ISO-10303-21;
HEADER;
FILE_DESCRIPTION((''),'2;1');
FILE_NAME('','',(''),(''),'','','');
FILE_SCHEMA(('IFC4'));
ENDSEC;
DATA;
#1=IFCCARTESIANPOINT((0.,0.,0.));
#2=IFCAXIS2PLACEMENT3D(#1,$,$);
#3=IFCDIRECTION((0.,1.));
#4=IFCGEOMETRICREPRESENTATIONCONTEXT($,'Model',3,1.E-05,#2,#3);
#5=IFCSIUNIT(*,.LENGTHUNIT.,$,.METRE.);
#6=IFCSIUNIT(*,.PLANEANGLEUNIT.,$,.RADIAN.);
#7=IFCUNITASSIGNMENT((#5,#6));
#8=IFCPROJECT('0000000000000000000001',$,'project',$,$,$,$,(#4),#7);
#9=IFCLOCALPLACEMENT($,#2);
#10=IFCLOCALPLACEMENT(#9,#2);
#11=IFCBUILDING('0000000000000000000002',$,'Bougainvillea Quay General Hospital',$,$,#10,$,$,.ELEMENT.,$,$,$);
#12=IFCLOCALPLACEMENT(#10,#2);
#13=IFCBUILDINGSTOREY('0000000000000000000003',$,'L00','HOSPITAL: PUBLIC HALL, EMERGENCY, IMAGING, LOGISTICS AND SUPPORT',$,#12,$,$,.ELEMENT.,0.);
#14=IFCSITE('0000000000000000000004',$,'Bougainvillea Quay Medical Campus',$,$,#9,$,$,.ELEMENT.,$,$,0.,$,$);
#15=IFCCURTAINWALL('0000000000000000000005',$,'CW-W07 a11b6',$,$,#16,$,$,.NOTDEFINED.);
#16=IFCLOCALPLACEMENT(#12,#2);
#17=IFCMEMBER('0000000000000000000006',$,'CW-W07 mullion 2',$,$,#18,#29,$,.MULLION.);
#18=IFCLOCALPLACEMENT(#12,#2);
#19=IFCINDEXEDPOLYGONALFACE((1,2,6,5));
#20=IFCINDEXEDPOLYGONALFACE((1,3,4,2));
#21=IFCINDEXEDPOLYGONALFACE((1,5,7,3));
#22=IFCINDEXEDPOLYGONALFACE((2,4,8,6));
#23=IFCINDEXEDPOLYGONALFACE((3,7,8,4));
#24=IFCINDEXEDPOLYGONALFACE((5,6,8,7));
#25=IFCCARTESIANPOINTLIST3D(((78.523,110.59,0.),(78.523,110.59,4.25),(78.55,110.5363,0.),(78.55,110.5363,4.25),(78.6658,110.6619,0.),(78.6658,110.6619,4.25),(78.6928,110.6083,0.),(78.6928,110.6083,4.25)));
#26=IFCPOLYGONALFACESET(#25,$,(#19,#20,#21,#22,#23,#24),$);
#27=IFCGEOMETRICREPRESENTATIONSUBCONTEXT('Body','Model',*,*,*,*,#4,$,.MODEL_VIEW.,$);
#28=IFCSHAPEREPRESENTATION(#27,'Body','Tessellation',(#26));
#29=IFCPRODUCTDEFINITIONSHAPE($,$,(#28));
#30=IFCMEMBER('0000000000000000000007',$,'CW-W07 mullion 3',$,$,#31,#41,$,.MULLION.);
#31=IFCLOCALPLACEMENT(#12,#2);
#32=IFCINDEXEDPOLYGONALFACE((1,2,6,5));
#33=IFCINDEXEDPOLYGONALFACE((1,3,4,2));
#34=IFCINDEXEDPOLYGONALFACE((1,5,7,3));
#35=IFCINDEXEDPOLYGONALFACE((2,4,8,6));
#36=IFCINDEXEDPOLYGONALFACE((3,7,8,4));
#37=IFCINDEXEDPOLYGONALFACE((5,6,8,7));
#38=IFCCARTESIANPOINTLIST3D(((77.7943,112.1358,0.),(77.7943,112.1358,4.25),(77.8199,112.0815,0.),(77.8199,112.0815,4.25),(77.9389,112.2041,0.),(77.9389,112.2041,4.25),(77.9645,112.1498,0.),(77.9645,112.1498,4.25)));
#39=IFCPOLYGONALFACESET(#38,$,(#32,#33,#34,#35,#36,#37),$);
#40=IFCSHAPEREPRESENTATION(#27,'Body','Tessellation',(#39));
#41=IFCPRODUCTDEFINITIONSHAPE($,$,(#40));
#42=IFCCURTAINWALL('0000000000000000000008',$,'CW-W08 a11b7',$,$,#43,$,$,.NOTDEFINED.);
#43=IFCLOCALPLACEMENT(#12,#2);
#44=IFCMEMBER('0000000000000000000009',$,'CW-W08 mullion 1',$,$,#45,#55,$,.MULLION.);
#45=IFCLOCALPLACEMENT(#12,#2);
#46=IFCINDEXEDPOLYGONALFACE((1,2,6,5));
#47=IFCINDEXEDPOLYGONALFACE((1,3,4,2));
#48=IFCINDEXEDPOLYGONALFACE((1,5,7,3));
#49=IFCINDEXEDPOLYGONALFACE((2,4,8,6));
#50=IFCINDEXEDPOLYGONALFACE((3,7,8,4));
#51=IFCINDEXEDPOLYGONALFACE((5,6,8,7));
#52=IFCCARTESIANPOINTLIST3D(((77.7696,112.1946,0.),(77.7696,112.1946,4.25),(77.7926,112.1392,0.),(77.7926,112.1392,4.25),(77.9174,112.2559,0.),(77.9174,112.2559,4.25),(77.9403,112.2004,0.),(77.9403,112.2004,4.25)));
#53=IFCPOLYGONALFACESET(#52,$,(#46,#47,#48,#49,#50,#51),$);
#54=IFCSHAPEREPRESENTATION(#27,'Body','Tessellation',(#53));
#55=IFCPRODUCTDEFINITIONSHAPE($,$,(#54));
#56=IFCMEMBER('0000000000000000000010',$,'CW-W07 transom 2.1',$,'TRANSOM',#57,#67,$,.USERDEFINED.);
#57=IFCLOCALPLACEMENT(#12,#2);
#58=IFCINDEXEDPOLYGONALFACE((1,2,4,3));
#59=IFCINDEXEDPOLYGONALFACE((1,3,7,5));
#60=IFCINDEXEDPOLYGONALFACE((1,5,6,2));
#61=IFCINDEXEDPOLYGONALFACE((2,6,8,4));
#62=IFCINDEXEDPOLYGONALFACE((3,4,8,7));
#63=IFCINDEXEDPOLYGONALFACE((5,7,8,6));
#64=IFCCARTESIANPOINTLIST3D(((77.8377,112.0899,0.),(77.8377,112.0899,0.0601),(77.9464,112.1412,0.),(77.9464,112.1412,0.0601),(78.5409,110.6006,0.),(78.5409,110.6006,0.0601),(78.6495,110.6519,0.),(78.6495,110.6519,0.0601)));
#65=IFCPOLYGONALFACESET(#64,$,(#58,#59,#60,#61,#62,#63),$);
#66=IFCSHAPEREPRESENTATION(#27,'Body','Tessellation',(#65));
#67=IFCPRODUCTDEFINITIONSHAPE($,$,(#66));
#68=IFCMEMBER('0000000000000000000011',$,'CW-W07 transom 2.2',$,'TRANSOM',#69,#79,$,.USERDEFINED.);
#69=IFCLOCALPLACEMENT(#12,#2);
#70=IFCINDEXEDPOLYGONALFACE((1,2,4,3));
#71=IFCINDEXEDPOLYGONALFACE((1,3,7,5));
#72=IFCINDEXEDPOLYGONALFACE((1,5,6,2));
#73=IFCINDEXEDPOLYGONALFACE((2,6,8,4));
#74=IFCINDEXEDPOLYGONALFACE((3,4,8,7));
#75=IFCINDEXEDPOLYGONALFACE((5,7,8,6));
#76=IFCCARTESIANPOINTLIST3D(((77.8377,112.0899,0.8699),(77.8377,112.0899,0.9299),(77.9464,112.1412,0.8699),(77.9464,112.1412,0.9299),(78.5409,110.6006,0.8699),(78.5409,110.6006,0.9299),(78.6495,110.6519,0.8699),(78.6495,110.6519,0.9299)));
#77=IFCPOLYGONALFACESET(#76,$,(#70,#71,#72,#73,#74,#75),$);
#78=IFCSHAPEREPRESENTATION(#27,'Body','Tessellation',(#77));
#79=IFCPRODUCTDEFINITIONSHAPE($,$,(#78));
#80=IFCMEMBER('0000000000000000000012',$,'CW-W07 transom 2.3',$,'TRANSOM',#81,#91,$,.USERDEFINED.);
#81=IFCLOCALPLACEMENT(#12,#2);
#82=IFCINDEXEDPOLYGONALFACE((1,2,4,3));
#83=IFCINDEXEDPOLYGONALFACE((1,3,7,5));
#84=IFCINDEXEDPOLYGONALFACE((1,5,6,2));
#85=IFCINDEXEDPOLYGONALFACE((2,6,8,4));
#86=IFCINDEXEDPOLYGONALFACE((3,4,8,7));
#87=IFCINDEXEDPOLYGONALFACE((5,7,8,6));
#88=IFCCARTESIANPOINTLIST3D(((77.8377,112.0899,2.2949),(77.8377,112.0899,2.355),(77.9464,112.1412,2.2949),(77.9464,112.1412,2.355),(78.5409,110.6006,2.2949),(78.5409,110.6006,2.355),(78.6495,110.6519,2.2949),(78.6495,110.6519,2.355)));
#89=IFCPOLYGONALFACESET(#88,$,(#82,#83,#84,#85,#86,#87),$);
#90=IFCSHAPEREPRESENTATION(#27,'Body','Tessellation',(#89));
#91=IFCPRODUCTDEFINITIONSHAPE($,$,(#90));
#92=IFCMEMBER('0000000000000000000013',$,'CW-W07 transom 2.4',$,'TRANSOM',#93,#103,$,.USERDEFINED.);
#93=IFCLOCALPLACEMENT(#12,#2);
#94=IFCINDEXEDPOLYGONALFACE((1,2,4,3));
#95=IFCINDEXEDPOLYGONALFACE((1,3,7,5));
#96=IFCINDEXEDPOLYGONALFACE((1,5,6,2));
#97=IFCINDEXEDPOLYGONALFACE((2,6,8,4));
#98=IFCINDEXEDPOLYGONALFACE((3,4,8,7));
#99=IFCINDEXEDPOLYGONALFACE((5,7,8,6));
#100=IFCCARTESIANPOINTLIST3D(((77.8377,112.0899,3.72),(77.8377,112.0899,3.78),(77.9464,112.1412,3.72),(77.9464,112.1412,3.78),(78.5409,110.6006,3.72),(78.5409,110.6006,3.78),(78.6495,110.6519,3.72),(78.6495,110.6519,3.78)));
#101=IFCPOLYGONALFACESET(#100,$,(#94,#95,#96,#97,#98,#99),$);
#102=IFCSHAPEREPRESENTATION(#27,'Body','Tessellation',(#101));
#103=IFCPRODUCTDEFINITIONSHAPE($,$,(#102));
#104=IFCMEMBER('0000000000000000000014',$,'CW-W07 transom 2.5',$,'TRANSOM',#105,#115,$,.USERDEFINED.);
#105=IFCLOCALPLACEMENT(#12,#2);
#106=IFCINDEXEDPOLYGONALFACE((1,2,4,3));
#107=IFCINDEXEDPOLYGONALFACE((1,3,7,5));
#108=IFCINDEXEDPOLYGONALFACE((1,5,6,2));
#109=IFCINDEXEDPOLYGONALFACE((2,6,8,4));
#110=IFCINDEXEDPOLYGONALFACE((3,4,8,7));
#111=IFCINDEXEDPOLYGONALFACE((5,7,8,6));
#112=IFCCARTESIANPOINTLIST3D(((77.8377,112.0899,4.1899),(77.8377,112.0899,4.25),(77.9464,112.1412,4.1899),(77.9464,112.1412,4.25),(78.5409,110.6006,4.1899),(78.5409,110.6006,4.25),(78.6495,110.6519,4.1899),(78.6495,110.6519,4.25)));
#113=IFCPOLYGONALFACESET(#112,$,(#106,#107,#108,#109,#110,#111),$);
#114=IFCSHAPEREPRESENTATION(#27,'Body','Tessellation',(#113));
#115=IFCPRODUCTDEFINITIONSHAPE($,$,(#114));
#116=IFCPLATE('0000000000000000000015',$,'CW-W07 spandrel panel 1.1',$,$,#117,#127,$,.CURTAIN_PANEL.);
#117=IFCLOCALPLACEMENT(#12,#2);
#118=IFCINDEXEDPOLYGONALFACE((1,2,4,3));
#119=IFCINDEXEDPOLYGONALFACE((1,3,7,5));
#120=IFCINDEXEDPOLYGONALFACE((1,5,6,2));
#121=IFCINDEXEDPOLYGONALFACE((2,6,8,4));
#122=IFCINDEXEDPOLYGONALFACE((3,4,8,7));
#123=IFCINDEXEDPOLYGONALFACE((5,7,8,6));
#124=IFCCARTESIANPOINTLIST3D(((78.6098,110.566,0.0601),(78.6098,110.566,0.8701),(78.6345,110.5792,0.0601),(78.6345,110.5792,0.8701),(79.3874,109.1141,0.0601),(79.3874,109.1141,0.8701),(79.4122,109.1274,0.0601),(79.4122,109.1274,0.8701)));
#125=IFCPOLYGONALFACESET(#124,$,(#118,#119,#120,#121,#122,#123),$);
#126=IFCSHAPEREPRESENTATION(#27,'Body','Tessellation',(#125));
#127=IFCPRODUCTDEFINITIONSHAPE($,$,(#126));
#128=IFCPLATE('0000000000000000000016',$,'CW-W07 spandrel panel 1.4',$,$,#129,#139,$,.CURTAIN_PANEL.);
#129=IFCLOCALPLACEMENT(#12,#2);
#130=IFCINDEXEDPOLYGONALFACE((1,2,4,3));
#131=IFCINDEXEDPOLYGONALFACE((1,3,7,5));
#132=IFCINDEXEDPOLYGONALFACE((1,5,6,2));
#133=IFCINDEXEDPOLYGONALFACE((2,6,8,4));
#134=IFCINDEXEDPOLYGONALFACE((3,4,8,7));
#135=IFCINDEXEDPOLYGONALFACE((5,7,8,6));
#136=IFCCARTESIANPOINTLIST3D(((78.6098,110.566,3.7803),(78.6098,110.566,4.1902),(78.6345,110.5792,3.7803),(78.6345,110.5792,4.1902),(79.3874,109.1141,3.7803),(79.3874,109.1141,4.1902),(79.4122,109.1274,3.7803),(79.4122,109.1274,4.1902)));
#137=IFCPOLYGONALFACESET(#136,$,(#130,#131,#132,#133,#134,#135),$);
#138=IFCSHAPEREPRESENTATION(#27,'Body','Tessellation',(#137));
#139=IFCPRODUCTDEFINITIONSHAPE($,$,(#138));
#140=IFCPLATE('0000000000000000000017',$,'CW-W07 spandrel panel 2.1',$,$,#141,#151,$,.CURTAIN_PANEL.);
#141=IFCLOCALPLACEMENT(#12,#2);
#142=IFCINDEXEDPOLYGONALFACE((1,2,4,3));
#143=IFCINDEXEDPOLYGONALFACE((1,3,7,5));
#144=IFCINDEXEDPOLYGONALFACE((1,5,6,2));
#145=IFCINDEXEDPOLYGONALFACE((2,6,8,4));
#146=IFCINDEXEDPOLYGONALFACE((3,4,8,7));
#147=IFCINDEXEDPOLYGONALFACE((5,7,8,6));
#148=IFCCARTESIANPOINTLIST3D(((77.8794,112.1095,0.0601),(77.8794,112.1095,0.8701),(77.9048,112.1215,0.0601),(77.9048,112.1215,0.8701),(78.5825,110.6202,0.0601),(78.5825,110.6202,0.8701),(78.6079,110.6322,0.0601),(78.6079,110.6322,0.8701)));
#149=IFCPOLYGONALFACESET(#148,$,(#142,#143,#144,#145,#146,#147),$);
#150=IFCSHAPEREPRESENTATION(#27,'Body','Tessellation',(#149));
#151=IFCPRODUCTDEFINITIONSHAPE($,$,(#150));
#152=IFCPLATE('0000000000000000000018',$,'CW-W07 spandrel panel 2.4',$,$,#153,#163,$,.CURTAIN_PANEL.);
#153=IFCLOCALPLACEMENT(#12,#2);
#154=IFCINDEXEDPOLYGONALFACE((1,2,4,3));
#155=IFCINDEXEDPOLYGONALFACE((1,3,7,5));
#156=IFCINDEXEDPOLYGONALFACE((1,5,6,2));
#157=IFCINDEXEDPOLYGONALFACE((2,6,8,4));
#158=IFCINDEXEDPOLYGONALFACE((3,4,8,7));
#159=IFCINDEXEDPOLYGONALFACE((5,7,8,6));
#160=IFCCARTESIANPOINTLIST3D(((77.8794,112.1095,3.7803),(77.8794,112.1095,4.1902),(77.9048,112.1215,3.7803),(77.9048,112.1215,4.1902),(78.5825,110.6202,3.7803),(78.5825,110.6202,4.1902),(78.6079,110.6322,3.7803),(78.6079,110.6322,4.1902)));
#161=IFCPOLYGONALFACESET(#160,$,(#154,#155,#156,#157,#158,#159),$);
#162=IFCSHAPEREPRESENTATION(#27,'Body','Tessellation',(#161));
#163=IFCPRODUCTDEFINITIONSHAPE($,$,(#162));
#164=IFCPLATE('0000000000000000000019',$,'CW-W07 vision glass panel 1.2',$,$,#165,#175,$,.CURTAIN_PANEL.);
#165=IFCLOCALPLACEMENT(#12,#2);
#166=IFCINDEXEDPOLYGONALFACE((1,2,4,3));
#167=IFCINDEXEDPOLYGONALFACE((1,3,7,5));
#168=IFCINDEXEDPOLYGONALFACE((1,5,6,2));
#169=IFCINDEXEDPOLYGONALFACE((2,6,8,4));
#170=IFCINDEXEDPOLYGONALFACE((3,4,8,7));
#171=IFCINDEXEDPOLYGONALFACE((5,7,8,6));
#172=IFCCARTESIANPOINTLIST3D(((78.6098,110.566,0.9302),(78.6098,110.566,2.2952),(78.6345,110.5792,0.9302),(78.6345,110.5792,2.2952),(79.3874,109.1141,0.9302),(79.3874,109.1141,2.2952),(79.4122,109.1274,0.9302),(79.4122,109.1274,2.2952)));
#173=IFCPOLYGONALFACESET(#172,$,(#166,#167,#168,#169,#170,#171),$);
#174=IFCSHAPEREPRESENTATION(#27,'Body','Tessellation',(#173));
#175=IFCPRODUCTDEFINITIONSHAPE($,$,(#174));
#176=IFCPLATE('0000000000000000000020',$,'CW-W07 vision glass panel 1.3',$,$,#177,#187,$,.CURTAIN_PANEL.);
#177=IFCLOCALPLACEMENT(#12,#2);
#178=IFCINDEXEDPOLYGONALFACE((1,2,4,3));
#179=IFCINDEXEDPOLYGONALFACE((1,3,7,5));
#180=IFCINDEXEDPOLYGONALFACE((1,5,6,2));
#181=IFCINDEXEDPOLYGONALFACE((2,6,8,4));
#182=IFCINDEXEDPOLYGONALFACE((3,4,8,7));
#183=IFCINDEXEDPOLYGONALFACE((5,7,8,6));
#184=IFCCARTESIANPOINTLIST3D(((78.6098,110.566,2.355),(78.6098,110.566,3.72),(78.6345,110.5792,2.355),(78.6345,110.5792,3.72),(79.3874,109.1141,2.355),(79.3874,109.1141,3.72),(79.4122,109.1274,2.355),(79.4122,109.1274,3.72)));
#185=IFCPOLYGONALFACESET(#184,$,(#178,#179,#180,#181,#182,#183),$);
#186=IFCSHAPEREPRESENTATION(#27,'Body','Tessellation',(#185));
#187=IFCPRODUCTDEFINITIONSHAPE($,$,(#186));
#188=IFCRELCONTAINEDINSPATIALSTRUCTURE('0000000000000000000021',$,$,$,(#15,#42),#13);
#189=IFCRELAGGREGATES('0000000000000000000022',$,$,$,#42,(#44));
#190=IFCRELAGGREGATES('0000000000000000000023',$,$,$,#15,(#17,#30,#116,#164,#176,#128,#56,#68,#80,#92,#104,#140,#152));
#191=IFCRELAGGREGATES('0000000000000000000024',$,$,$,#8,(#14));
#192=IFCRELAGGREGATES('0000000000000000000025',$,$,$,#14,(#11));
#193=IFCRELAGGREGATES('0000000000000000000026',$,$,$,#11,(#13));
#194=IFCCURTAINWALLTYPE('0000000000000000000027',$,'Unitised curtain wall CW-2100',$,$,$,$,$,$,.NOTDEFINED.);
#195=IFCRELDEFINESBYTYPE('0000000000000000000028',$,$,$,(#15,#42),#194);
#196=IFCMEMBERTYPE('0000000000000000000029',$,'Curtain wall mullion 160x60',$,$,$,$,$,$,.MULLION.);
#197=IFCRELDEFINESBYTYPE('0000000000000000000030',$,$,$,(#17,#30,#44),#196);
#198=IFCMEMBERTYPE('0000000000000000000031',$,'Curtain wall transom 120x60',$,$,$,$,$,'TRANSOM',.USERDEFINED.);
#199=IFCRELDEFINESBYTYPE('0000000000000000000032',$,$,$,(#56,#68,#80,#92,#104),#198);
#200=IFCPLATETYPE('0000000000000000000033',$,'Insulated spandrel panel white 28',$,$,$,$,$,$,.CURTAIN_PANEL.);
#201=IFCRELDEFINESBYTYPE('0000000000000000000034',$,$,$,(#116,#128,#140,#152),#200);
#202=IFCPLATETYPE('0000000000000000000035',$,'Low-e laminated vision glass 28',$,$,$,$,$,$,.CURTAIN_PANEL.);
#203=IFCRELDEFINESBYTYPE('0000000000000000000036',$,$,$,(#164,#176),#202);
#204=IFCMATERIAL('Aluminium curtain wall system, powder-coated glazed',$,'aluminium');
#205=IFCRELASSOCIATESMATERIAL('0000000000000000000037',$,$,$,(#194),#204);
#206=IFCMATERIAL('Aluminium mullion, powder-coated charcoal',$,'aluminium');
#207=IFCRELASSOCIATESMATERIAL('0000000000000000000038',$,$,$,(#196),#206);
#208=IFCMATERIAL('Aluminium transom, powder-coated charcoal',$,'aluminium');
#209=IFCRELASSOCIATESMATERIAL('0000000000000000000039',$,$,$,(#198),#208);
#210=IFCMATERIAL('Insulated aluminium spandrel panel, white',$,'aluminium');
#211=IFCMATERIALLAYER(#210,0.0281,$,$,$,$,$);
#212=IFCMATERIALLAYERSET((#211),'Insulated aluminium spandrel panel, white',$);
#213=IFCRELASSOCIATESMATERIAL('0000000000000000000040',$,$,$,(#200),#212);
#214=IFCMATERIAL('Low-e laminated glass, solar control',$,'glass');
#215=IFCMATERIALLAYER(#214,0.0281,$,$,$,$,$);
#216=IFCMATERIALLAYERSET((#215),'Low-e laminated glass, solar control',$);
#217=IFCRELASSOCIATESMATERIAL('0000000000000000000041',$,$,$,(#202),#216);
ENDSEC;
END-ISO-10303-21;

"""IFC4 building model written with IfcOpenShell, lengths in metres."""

from ifc_helpers import new_model, si_unit, direction, frame, origin, origin_2d, place, context, subcontext, project, spatial, rectangle, extrude, material, layer, layer_set, material_profile, profile_set, type_object, element, aggregate, save


model = new_model("IFC4")

# Units and contexts
model_context = context("Model", 3, precision=1e-05, world=origin(), true_north=direction((0.0, 1.0)))
body_context = subcontext(model_context, "Body", "Model", "MODEL_VIEW")
ifc_project = project(units=[si_unit("LENGTHUNIT", "METRE"), si_unit("PLANEANGLEUNIT", "RADIAN")], contexts=[model_context])

# Site, building, storey
site_placement = place(None, origin())
site = spatial("IfcSite", under=ifc_project, at=site_placement, Name="Bougainvillea Quay Medical Campus", CompositionType="ELEMENT", RefElevation=0.0)
building_placement = place(site_placement, origin())
building = spatial("IfcBuilding", under=site, at=building_placement, Name="Bougainvillea Quay General Hospital", CompositionType="ELEMENT")
storey_placement = place(building_placement, origin())
storey = spatial("IfcBuildingStorey", under=building, at=storey_placement, Name="L00", Description="HOSPITAL: PUBLIC HALL, EMERGENCY, IMAGING, LOGISTICS AND SUPPORT", CompositionType="ELEMENT", Elevation=0.0)

# Curtain wall, members
ifc_material_1 = material(Name="Aluminium curtain wall system, powder-coated glazed", Category="aluminium")
curtain_wall_type = type_object("IfcCurtainWallType", Name="Unitised curtain wall CW-2100", PredefinedType="NOTDEFINED", material=ifc_material_1)
curtain_wall_1_placement = place(storey_placement, origin())
curtain_wall_1 = element("IfcCurtainWall", 1, at=curtain_wall_1_placement, inside=storey, type_object=curtain_wall_type, Name="CW-W07 a11b6", PredefinedType="NOTDEFINED")
ifc_material_2 = material(Name="Aluminium mullion, powder-coated charcoal", Category="aluminium")
ifc_material_profile_1 = material_profile(ifc_material_2, rectangle(XDim=0.1599, YDim=0.0601, at=origin_2d()))
ifc_profile_set_1 = profile_set([ifc_material_profile_1], Name="Aluminium mullion, powder-coated charcoal")
member_type_1 = type_object("IfcMemberType", Name="Curtain wall mullion 160x60", PredefinedType="MULLION", material=ifc_profile_set_1)
member_1_placement = place(storey_placement, frame((78.6079, 110.5991, 0.0), z_axis=(0.0, 0.0, 1.0), x_axis=(-0.893199, -0.449662, 0.0)))
member_1 = element("IfcMember", 2, at=member_1_placement, type_object=member_type_1, Name="CW-W07 mullion 2", PredefinedType="MULLION", context=body_context, shape_type="SweptSolid", body=[
    extrude(rectangle(XDim=0.1599, YDim=0.0601, at=origin_2d()), origin(), (0.0, 0.0, 1.0), 4.25),
])
member_2_placement = place(storey_placement, frame((77.8794, 112.1428, 0.0), z_axis=(0.0, 0.0, 1.0), x_axis=(-0.904314, -0.426869, 0.0)))
member_2 = element("IfcMember", 3, at=member_2_placement, type_object=member_type_1, Name="CW-W07 mullion 3", PredefinedType="MULLION", context=body_context, shape_type="SweptSolid", body=[
    extrude(rectangle(XDim=0.1599, YDim=0.0601, at=origin_2d()), origin(), (0.0, 0.0, 1.0), 4.25),
])

# Curtain wall, member
curtain_wall_2_placement = place(storey_placement, origin())
curtain_wall_2 = element("IfcCurtainWall", 4, at=curtain_wall_2_placement, inside=storey, type_object=curtain_wall_type, Name="CW-W08 a11b7", PredefinedType="NOTDEFINED")
member_3_placement = place(storey_placement, frame((77.855, 112.1975, 0.0), z_axis=(0.0, 0.0, 1.0), x_axis=(-0.923843, -0.38277, 0.0)))
member_3 = element("IfcMember", 5, at=member_3_placement, type_object=member_type_1, Name="CW-W08 mullion 1", PredefinedType="MULLION", context=body_context, shape_type="SweptSolid", body=[
    extrude(rectangle(XDim=0.1599, YDim=0.0601, at=origin_2d()), origin(), (0.0, 0.0, 1.0), 4.25),
])
aggregate(curtain_wall_2, [member_3])

# Members
ifc_material_3 = material(Name="Aluminium transom, powder-coated charcoal", Category="aluminium")
ifc_material_profile_2 = material_profile(ifc_material_3, rectangle(XDim=0.1201, YDim=0.0601, at=origin_2d()))
ifc_profile_set_2 = profile_set([ifc_material_profile_2], Name="Aluminium transom, powder-coated charcoal")
member_type_2 = type_object("IfcMemberType", Name="Curtain wall transom 120x60", ElementType="TRANSOM", PredefinedType="USERDEFINED", material=ifc_profile_set_2)
member_4_placement = place(storey_placement, frame((78.5952, 110.6262, 0.03), z_axis=(-0.426939, 0.90428, 0.0), x_axis=(-0.90428, -0.426939, 0.0)))
member_4 = element("IfcMember", 6, at=member_4_placement, type_object=member_type_2, Name="CW-W07 transom 2.1", ObjectType="TRANSOM", PredefinedType="USERDEFINED", context=body_context, shape_type="SweptSolid", body=[
    extrude(rectangle(XDim=0.1201, YDim=0.0601, at=origin_2d()), origin(), (0.0, 0.0, 1.0), 1.647),
])
member_5_placement = place(storey_placement, frame((78.5952, 110.6262, 0.8999), z_axis=(-0.426939, 0.90428, 0.0), x_axis=(-0.90428, -0.426939, 0.0)))
member_5 = element("IfcMember", 7, at=member_5_placement, type_object=member_type_2, Name="CW-W07 transom 2.2", ObjectType="TRANSOM", PredefinedType="USERDEFINED", context=body_context, shape_type="SweptSolid", body=[
    extrude(rectangle(XDim=0.1201, YDim=0.0601, at=origin_2d()), origin(), (0.0, 0.0, 1.0), 1.647),
])
member_6_placement = place(storey_placement, frame((78.5952, 110.6262, 2.325), z_axis=(-0.426939, 0.90428, 0.0), x_axis=(-0.90428, -0.426939, 0.0)))
member_6 = element("IfcMember", 8, at=member_6_placement, type_object=member_type_2, Name="CW-W07 transom 2.3", ObjectType="TRANSOM", PredefinedType="USERDEFINED", context=body_context, shape_type="SweptSolid", body=[
    extrude(rectangle(XDim=0.1201, YDim=0.0601, at=origin_2d()), origin(), (0.0, 0.0, 1.0), 1.647),
])
member_7_placement = place(storey_placement, frame((78.5952, 110.6262, 3.75), z_axis=(-0.426939, 0.90428, 0.0), x_axis=(-0.90428, -0.426939, 0.0)))
member_7 = element("IfcMember", 9, at=member_7_placement, type_object=member_type_2, Name="CW-W07 transom 2.4", ObjectType="TRANSOM", PredefinedType="USERDEFINED", context=body_context, shape_type="SweptSolid", body=[
    extrude(rectangle(XDim=0.1201, YDim=0.0601, at=origin_2d()), origin(), (0.0, 0.0, 1.0), 1.647),
])
member_8_placement = place(storey_placement, frame((78.5952, 110.6262, 4.22), z_axis=(-0.426939, 0.90428, 0.0), x_axis=(-0.90428, -0.426939, 0.0)))
member_8 = element("IfcMember", 10, at=member_8_placement, type_object=member_type_2, Name="CW-W07 transom 2.5", ObjectType="TRANSOM", PredefinedType="USERDEFINED", context=body_context, shape_type="SweptSolid", body=[
    extrude(rectangle(XDim=0.1201, YDim=0.0601, at=origin_2d()), origin(), (0.0, 0.0, 1.0), 1.647),
])

# Plates
ifc_material_4 = material(Name="Insulated aluminium spandrel panel, white", Category="aluminium")
ifc_layer_1 = layer(ifc_material_4, 0.0281)
ifc_layer_set_1 = layer_set([ifc_layer_1], Name="Insulated aluminium spandrel panel, white")
plate_type_1 = type_object("IfcPlateType", Name="Insulated spandrel panel white 28", PredefinedType="CURTAIN_PANEL", material=ifc_layer_set_1)
plate_1_placement = place(storey_placement, frame((79.011, 109.8467, 0.0601), z_axis=(0.0, 0.0, 1.0), x_axis=(-0.472166, 0.88151, 0.0)))
plate_1 = element("IfcPlate", 11, at=plate_1_placement, type_object=plate_type_1, Name="CW-W07 spandrel panel 1.1", PredefinedType="CURTAIN_PANEL", context=body_context, shape_type="SweptSolid", body=[
    extrude(rectangle(XDim=1.647, YDim=0.0281, at=origin_2d()), origin(), (0.0, 0.0, 1.0), 0.8101),
])
plate_2_placement = place(storey_placement, frame((79.011, 109.8467, 3.7803), z_axis=(0.0, 0.0, 1.0), x_axis=(-0.472166, 0.88151, 0.0)))
plate_2 = element("IfcPlate", 12, at=plate_2_placement, type_object=plate_type_1, Name="CW-W07 spandrel panel 1.4", PredefinedType="CURTAIN_PANEL", context=body_context, shape_type="SweptSolid", body=[
    extrude(rectangle(XDim=1.647, YDim=0.0281, at=origin_2d()), origin(), (0.0, 0.0, 1.0), 0.4099),
])
plate_3_placement = place(storey_placement, frame((78.2437, 111.3708, 0.0601), z_axis=(0.0, 0.0, 1.0), x_axis=(-0.426869, 0.904314, 0.0)))
plate_3 = element("IfcPlate", 13, at=plate_3_placement, type_object=plate_type_1, Name="CW-W07 spandrel panel 2.1", PredefinedType="CURTAIN_PANEL", context=body_context, shape_type="SweptSolid", body=[
    extrude(rectangle(XDim=1.647, YDim=0.0281, at=origin_2d()), origin(), (0.0, 0.0, 1.0), 0.8101),
])
plate_4_placement = place(storey_placement, frame((78.2437, 111.3708, 3.7803), z_axis=(0.0, 0.0, 1.0), x_axis=(-0.426869, 0.904314, 0.0)))
plate_4 = element("IfcPlate", 14, at=plate_4_placement, type_object=plate_type_1, Name="CW-W07 spandrel panel 2.4", PredefinedType="CURTAIN_PANEL", context=body_context, shape_type="SweptSolid", body=[
    extrude(rectangle(XDim=1.647, YDim=0.0281, at=origin_2d()), origin(), (0.0, 0.0, 1.0), 0.4099),
])
ifc_material_5 = material(Name="Low-e laminated glass, solar control", Category="glass")
ifc_layer_2 = layer(ifc_material_5, 0.0281)
ifc_layer_set_2 = layer_set([ifc_layer_2], Name="Low-e laminated glass, solar control")
plate_type_2 = type_object("IfcPlateType", Name="Low-e laminated vision glass 28", PredefinedType="CURTAIN_PANEL", material=ifc_layer_set_2)
plate_5_placement = place(storey_placement, frame((79.011, 109.8467, 0.9302), z_axis=(0.0, 0.0, 1.0), x_axis=(-0.472166, 0.88151, 0.0)))
plate_5 = element("IfcPlate", 15, at=plate_5_placement, type_object=plate_type_2, Name="CW-W07 vision glass panel 1.2", PredefinedType="CURTAIN_PANEL", context=body_context, shape_type="SweptSolid", body=[
    extrude(rectangle(XDim=1.647, YDim=0.0281, at=origin_2d()), origin(), (0.0, 0.0, 1.0), 1.365),
])
plate_6_placement = place(storey_placement, frame((79.011, 109.8467, 2.355), z_axis=(0.0, 0.0, 1.0), x_axis=(-0.472166, 0.88151, 0.0)))
plate_6 = element("IfcPlate", 16, at=plate_6_placement, type_object=plate_type_2, Name="CW-W07 vision glass panel 1.3", PredefinedType="CURTAIN_PANEL", context=body_context, shape_type="SweptSolid", body=[
    extrude(rectangle(XDim=1.647, YDim=0.0281, at=origin_2d()), origin(), (0.0, 0.0, 1.0), 1.365),
])
aggregate(curtain_wall_1, [member_1, member_2, plate_1, plate_5, plate_6, plate_2, member_4, member_5, member_6, member_7, member_8, plate_3, plate_4])

save(model, "model.ifc")
